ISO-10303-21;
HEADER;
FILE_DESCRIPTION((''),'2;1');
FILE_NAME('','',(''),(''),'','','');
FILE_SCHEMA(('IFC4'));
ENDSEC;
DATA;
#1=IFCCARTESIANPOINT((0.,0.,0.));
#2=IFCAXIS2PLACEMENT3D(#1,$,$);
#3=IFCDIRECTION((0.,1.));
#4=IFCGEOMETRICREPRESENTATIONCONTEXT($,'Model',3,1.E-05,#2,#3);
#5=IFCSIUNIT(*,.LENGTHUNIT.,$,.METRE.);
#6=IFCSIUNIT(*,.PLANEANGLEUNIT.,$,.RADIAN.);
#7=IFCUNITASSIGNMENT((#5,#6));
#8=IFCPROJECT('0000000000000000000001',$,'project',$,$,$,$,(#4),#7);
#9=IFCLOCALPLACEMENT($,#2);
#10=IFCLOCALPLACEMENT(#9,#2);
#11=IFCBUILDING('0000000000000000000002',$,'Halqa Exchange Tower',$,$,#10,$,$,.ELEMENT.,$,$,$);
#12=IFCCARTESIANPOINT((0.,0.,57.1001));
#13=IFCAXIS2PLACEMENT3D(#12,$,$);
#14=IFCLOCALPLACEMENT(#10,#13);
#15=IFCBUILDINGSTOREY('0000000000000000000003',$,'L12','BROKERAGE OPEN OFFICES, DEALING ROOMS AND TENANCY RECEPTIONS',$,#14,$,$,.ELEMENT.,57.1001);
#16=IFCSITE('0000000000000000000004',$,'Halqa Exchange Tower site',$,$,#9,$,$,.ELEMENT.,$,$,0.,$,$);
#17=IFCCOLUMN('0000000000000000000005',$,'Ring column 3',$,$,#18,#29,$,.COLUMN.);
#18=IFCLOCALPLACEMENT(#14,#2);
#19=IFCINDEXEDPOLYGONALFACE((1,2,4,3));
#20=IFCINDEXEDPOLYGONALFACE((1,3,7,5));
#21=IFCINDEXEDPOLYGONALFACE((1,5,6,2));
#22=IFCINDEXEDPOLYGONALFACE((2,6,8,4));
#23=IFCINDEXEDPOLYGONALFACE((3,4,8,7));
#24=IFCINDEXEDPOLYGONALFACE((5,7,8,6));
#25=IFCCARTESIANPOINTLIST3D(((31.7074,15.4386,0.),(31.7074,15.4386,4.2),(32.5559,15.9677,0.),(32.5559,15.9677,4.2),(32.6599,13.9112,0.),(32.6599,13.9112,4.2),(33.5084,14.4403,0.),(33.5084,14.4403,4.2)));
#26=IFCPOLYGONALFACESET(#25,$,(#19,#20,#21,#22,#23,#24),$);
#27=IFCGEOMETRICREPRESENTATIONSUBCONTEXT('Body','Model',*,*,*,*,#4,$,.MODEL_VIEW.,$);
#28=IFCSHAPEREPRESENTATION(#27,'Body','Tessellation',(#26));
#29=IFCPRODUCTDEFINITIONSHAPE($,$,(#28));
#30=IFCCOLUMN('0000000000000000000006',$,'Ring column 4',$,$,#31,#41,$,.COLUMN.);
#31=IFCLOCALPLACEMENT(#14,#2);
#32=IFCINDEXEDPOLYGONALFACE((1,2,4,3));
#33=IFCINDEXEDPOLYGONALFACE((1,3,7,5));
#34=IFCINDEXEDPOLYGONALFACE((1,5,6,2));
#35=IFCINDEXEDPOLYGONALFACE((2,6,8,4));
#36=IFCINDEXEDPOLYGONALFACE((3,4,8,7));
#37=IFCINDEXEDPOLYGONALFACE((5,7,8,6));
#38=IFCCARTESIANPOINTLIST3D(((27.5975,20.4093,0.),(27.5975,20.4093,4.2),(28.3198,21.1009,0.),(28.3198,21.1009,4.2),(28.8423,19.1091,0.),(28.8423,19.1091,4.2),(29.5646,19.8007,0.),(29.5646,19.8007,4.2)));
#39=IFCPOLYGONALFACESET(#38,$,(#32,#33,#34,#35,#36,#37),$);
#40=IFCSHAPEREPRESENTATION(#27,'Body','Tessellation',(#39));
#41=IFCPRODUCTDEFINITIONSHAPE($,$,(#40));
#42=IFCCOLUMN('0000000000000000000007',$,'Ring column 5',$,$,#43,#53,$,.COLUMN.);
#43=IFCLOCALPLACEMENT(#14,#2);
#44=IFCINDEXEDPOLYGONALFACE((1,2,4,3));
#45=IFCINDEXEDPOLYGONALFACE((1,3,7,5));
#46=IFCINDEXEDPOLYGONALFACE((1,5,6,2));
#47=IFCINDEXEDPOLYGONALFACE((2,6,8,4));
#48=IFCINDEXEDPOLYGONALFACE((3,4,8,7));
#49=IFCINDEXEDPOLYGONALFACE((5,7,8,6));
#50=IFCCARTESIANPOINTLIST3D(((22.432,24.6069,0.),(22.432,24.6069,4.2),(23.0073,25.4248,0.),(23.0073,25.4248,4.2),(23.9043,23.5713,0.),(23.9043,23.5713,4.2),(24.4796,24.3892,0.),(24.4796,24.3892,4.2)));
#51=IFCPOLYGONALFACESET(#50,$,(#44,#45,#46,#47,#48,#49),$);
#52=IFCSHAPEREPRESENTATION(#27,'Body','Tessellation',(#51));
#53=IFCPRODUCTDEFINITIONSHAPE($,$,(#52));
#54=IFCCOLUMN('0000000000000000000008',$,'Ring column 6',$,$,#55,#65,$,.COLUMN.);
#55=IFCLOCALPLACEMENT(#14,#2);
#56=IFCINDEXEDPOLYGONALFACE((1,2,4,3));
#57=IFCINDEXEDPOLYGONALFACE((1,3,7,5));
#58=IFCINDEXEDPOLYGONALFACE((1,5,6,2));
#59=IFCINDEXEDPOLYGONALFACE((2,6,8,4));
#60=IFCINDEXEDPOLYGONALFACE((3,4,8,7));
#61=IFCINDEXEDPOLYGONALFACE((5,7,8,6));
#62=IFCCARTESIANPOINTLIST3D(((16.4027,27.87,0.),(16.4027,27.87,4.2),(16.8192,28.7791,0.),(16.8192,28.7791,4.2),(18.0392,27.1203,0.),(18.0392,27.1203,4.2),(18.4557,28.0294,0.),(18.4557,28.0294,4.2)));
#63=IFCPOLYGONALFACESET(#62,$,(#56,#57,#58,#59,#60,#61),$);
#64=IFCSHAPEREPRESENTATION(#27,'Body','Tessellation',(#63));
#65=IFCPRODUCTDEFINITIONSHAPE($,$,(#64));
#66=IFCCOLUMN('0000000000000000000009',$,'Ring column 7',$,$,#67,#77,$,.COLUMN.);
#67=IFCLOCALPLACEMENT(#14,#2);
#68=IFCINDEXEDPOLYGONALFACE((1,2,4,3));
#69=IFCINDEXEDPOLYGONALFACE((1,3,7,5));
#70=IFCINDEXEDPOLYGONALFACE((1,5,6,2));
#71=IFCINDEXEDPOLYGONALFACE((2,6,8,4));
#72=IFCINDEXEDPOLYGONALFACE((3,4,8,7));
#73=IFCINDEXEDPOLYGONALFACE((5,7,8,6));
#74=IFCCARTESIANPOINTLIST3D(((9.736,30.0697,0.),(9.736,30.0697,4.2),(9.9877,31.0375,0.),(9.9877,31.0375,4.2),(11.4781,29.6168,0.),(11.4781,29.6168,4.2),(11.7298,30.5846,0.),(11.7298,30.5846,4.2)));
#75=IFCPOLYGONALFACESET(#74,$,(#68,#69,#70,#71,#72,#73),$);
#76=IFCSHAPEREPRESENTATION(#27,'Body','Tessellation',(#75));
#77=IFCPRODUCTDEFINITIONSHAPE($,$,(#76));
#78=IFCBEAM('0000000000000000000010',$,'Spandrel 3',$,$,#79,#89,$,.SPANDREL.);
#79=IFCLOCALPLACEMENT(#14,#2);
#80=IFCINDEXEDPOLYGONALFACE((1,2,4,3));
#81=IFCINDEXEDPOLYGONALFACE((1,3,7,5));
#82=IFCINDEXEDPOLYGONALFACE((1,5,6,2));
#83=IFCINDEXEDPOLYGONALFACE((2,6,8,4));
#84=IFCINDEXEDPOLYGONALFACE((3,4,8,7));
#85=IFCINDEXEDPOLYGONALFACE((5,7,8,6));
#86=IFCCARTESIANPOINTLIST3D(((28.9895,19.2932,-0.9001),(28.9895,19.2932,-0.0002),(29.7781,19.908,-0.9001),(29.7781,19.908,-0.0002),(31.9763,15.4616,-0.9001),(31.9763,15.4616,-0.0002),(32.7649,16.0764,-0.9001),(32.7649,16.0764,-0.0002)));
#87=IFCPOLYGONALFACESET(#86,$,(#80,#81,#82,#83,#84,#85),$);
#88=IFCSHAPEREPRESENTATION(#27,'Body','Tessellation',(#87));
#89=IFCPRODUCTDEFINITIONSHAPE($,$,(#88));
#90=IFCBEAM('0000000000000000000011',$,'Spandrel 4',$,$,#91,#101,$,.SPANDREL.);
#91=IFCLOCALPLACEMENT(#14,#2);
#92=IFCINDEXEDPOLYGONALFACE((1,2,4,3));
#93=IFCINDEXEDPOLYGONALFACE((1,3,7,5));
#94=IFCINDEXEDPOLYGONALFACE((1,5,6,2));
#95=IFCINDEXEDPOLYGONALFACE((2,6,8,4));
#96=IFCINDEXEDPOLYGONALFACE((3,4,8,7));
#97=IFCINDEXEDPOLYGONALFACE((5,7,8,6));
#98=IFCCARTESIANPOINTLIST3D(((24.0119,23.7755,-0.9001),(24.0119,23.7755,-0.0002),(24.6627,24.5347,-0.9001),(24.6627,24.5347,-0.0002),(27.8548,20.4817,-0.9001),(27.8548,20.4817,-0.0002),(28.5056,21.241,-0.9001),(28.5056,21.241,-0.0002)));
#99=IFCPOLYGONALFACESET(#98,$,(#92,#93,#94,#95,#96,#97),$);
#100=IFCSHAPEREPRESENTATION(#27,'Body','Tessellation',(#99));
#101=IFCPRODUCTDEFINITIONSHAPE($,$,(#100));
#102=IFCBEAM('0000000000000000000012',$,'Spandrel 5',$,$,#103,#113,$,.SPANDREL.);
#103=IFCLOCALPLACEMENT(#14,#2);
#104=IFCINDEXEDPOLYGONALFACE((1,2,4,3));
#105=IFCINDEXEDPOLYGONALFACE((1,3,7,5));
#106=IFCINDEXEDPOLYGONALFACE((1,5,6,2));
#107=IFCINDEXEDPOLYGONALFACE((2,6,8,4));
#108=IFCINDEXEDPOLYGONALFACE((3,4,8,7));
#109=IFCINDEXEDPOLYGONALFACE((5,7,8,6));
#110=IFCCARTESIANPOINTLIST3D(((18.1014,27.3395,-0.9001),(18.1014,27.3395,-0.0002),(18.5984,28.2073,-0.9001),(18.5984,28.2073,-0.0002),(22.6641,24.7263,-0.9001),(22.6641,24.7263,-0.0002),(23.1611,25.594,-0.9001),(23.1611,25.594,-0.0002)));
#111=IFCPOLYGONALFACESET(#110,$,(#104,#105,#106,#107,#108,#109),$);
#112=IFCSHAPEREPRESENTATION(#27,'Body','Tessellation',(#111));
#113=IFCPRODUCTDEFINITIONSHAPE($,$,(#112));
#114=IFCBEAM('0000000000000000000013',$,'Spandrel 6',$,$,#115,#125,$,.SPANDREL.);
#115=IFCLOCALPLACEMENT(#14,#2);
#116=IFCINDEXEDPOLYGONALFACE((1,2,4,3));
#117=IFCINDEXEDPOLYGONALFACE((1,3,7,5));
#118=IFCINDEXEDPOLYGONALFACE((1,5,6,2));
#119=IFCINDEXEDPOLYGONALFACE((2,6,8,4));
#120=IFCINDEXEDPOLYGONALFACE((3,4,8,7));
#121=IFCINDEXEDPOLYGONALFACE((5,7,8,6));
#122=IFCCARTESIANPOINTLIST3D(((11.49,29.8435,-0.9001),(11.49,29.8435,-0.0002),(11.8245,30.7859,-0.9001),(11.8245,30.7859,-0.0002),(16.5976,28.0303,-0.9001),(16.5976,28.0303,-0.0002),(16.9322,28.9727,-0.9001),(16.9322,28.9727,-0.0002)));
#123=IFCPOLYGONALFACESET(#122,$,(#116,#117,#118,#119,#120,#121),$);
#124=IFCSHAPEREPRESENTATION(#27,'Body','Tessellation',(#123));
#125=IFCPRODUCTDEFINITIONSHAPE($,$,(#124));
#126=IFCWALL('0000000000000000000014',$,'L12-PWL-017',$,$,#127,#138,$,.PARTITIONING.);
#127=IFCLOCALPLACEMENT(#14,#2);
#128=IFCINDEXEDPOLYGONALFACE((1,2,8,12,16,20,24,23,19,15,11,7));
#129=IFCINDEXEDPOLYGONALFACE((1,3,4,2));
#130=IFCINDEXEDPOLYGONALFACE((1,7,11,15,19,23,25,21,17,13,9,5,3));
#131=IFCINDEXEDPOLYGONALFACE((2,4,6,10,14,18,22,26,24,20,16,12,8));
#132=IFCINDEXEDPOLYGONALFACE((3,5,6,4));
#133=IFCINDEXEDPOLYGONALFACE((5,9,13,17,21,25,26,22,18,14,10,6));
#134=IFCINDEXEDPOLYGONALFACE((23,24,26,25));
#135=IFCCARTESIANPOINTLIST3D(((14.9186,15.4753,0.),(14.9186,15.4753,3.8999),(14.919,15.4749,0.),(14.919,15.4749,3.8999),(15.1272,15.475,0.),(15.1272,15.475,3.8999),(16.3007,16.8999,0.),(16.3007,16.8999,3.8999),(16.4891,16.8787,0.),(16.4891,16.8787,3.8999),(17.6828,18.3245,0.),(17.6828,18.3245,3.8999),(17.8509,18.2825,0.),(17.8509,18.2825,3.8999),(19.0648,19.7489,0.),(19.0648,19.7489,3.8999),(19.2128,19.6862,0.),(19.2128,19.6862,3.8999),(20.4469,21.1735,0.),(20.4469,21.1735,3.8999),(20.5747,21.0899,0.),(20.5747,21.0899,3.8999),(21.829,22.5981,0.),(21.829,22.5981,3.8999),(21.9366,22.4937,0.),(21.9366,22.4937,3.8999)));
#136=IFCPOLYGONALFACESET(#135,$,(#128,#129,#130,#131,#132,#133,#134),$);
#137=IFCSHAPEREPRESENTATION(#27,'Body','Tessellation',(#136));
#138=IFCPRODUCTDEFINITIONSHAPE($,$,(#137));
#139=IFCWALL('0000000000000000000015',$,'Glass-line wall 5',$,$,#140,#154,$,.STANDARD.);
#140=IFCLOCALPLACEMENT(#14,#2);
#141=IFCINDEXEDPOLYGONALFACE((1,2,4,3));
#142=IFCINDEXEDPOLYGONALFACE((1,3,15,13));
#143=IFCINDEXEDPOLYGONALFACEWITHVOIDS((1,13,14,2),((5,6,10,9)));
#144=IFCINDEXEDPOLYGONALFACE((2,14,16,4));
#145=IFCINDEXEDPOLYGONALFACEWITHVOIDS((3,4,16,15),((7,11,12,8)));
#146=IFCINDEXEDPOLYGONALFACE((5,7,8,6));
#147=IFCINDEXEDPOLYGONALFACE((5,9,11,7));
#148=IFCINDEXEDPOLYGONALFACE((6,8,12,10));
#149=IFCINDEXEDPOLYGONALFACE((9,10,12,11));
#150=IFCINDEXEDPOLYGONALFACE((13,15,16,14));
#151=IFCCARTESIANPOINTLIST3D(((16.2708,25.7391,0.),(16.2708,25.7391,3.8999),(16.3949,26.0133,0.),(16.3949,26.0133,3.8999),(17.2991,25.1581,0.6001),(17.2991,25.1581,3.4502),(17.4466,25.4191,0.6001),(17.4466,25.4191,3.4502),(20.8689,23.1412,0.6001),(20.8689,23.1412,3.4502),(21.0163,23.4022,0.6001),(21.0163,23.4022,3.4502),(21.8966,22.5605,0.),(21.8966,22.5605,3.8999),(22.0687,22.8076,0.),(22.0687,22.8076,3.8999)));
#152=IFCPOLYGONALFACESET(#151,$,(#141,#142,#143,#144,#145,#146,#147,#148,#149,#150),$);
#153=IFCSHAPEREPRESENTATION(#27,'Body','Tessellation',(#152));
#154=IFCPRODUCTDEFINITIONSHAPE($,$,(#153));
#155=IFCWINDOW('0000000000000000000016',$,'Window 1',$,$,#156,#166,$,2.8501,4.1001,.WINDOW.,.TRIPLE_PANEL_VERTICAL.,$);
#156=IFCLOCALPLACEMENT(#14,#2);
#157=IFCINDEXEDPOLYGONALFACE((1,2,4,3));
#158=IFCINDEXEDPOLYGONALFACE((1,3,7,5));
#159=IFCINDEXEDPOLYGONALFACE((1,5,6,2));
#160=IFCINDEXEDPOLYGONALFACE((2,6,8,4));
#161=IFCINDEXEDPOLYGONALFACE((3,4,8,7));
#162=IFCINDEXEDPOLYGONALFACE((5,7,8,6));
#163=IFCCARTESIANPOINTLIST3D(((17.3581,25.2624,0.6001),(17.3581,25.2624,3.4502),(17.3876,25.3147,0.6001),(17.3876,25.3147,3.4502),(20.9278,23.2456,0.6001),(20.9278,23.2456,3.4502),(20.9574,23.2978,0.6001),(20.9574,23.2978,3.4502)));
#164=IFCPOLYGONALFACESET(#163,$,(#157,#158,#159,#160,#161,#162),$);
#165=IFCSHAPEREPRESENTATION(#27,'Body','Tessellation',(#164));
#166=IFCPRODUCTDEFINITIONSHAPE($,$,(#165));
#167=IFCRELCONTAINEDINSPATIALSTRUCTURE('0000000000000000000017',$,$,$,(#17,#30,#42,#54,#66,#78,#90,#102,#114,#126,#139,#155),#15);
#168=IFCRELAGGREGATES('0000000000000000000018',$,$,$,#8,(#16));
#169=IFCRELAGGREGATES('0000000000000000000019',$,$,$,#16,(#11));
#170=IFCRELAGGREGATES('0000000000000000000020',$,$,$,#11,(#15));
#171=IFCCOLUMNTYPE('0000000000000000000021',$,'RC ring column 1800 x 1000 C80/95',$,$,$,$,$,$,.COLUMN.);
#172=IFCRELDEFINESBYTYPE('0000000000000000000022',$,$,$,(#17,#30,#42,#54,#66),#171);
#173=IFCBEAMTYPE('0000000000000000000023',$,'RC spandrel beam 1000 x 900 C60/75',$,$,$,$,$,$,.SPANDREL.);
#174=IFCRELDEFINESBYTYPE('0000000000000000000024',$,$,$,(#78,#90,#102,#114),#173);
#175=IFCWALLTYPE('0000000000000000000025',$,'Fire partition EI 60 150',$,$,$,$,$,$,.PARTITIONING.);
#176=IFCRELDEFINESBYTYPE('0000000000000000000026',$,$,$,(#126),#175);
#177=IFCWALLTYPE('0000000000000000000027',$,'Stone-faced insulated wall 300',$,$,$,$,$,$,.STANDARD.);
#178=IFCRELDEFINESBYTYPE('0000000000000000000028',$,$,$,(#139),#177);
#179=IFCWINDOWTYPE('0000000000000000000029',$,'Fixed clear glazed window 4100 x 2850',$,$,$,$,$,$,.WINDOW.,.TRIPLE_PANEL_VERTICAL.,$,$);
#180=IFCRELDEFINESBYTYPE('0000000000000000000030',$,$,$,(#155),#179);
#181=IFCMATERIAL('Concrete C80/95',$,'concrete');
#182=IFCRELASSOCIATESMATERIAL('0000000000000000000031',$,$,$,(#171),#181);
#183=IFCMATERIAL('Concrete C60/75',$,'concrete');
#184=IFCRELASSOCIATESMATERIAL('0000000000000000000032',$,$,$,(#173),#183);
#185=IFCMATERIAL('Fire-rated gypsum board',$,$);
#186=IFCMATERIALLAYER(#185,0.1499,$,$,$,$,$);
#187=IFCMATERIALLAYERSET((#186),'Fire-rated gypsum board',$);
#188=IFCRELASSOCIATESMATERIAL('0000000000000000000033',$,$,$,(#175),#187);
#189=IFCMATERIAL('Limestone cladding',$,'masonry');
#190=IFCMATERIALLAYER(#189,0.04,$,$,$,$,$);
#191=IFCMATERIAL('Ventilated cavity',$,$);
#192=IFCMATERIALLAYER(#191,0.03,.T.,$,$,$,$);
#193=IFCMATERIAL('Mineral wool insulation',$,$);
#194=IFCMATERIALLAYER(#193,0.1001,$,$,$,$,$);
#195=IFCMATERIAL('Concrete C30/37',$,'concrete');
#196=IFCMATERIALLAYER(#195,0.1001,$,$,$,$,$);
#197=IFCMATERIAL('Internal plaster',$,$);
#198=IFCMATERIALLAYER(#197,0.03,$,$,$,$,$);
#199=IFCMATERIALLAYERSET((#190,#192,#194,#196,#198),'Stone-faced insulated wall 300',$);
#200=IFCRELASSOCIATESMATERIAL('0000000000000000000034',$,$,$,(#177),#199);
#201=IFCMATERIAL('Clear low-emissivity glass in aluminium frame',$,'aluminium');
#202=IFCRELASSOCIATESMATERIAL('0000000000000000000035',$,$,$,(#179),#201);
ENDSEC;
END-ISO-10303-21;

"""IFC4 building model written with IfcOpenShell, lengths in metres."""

from ifc_helpers import new_model, si_unit, direction, frame, frame_2d, origin, origin_2d, place, context, subcontext, project, spatial, polyline, rectangle, outline, extrude, material, layer, layer_set, material_profile, profile_set, type_object, element, fill, save


model = new_model("IFC4")

# Units and contexts
model_context = context("Model", 3, precision=1e-05, world=origin(), true_north=direction((0.0, 1.0)))
body_context = subcontext(model_context, "Body", "Model", "MODEL_VIEW")
ifc_project = project(units=[si_unit("LENGTHUNIT", "METRE"), si_unit("PLANEANGLEUNIT", "RADIAN")], contexts=[model_context])

# Site, building, storey
site_placement = place(None, origin())
site = spatial("IfcSite", under=ifc_project, at=site_placement, Name="Halqa Exchange Tower site", CompositionType="ELEMENT", RefElevation=0.0)
building_placement = place(site_placement, origin())
building = spatial("IfcBuilding", under=site, at=building_placement, Name="Halqa Exchange Tower", CompositionType="ELEMENT")
storey_placement = place(building_placement, frame((0.0, 0.0, 57.1001)))
storey = spatial("IfcBuildingStorey", under=building, at=storey_placement, Name="L12", Description="BROKERAGE OPEN OFFICES, DEALING ROOMS AND TENANCY RECEPTIONS", CompositionType="ELEMENT", Elevation=57.1001)

# Columns
ifc_material_1 = material(Name="Concrete C80/95", Category="concrete")
ifc_material_profile_1 = material_profile(ifc_material_1, rectangle(XDim=1.8, YDim=1.0, at=origin_2d()), Name="1800 x 1000")
ifc_profile_set_1 = profile_set([ifc_material_profile_1], Name="Concrete C80/95")
column_type = type_object("IfcColumnType", Name="RC ring column 1800 x 1000 C80/95", PredefinedType="COLUMN", material=ifc_profile_set_1)
for number, where, z_axis, x_axis, name in (
    (1, (32.6079, 14.9395, 0.0), (0.0, 0.0, 1.0), (-0.529139, 0.848535, 0.0), "Ring column 3"),
    (2, (28.5811, 20.105, 0.0), (0.0, 0.0, 1.0), (-0.691577, 0.722302, 0.0), "Ring column 4"),
    (3, (23.4558, 24.498, 0.0), (0.0, 0.0, 1.0), (-0.817909, 0.575348, 0.0), "Ring column 5"),
    (4, (17.4292, 27.9497, 0.0), (0.0, 0.0, 1.0), (-0.909126, 0.41652, 0.0), "Ring column 6"),
    (5, (10.7329, 30.3271, 0.0), (0.0, 0.0, 1.0), (-0.96782, 0.251644, 0.0), "Ring column 7"),
):
    element("IfcColumn", number, at=place(storey_placement, frame(where, z_axis=z_axis, x_axis=x_axis)), inside=storey, type_object=column_type, Name=name, PredefinedType="COLUMN", context=body_context, shape_type="SweptSolid", body=[
        extrude(rectangle(XDim=1.8, YDim=1.0, at=origin_2d()), origin(), (0.0, 0.0, 1.0), 4.2),
    ])

# Beams
ifc_material_2 = material(Name="Concrete C60/75", Category="concrete")
ifc_material_profile_2 = material_profile(ifc_material_2, rectangle(XDim=1.0, YDim=0.8999, at=origin_2d()), Name="1000 x 900")
ifc_profile_set_2 = profile_set([ifc_material_profile_2], Name="Concrete C60/75")
beam_type = type_object("IfcBeamType", Name="RC spandrel beam 1000 x 900 C60/75", PredefinedType="SPANDREL", material=ifc_profile_set_2)
beam_1_placement = place(storey_placement, frame((32.3706, 15.769, -0.4502), z_axis=(-0.614803, 0.788681, 0.0), x_axis=(-0.788681, -0.614803, 0.0)))
element("IfcBeam", 6, at=beam_1_placement, inside=storey, type_object=beam_type, Name="Spandrel 3", PredefinedType="SPANDREL", context=body_context, shape_type="SweptSolid", body=[
    extrude(rectangle(XDim=1.0, YDim=0.8999, at=origin_2d()), origin(), (0.0, 0.0, 1.0), 4.8582),
])
beam_2_placement = place(storey_placement, frame((28.1802, 20.8613, -0.4502), z_axis=(-0.759267, 0.650779, 0.0), x_axis=(-0.650779, -0.759267, 0.0)))
element("IfcBeam", 7, at=beam_2_placement, inside=storey, type_object=beam_type, Name="Spandrel 4", PredefinedType="SPANDREL", context=body_context, shape_type="SweptSolid", body=[
    extrude(rectangle(XDim=1.0, YDim=0.8999, at=origin_2d()), origin(), (0.0, 0.0, 1.0), 5.0613),
])
beam_3_placement = place(storey_placement, frame((22.9126, 25.1602, -0.4502), z_axis=(-0.867751, 0.496999, 0.0), x_axis=(-0.496999, -0.867751, 0.0)))
element("IfcBeam", 8, at=beam_3_placement, inside=storey, type_object=beam_type, Name="Spandrel 5", PredefinedType="SPANDREL", context=body_context, shape_type="SweptSolid", body=[
    extrude(rectangle(XDim=1.0, YDim=0.8999, at=origin_2d()), origin(), (0.0, 0.0, 1.0), 5.2581),
])
beam_4_placement = place(storey_placement, frame((16.7649, 28.5015, -0.4502), z_axis=(-0.942379, 0.334547, 0.0), x_axis=(-0.334547, -0.942379, 0.0)))
element("IfcBeam", 9, at=beam_4_placement, inside=storey, type_object=beam_type, Name="Spandrel 6", PredefinedType="SPANDREL", context=body_context, shape_type="SweptSolid", body=[
    extrude(rectangle(XDim=1.0, YDim=0.8999, at=origin_2d()), origin(), (0.0, 0.0, 1.0), 5.4199),
])

# Wall
ifc_material_3 = material(Name="Fire-rated gypsum board")
ifc_layer_1 = layer(ifc_material_3, 0.1499)
ifc_layer_set_1 = layer_set([ifc_layer_1], Name="Fire-rated gypsum board")
wall_type_1 = type_object("IfcWallType", Name="Fire partition EI 60 150", PredefinedType="PARTITIONING", material=ifc_layer_set_1)
wall_1_placement = place(storey_placement, frame((14.9724, 15.4231, 0.0), z_axis=(0.0, 0.0, 1.0), x_axis=(0.696324, 0.717727, 0.0)))
element("IfcWall", 10, at=wall_1_placement, inside=storey, type_object=wall_type_1, Name="L12-PWL-017", PredefinedType="PARTITIONING", context=body_context, shape_type="SweptSolid", body=[
    extrude(outline(polyline([(0.0, 0.075), (0.0, 0.0745), (0.145, -0.075), (2.1008, -0.075), (4.0566, -0.075), (6.0125, -0.075), (7.9683, -0.075), (9.9241, -0.075), (9.9241, 0.075), (7.9392, 0.075), (5.9543, 0.075), (3.9697, 0.075), (1.9849, 0.075), (0.0, 0.075)])), origin(), (0.0, 0.0, 1.0), 3.8999),
])

# Shared definitions
ifc_material_4 = material(Name="Limestone cladding", Category="masonry")
ifc_layer_2 = layer(ifc_material_4, 0.04)
ifc_material_5 = material(Name="Ventilated cavity")
ifc_layer_3 = layer(ifc_material_5, 0.03, ventilated=True)
ifc_material_6 = material(Name="Mineral wool insulation")
ifc_layer_4 = layer(ifc_material_6, 0.1001)
ifc_material_7 = material(Name="Concrete C30/37", Category="concrete")
ifc_layer_5 = layer(ifc_material_7, 0.1001)
ifc_material_8 = material(Name="Internal plaster")
ifc_layer_6 = layer(ifc_material_8, 0.03)
ifc_layer_set_2 = layer_set([ifc_layer_2, ifc_layer_3, ifc_layer_4, ifc_layer_5, ifc_layer_6], Name="Stone-faced insulated wall 300")
wall_type_2 = type_object("IfcWallType", Name="Stone-faced insulated wall 300", PredefinedType="STANDARD", material=ifc_layer_set_2)
ifc_material_9 = material(Name="Clear low-emissivity glass in aluminium frame", Category="aluminium")

# Wall, opening, window
wall_2_placement = place(storey_placement, frame((21.9827, 22.6841, 0.0), z_axis=(0.0, 0.0, 1.0), x_axis=(-0.870648, 0.491907, 0.0)))
wall_2 = element("IfcWall", 11, at=wall_2_placement, inside=storey, type_object=wall_type_2, Name="Glass-line wall 5", PredefinedType="STANDARD", context=body_context, shape_type="SweptSolid", body=[
    extrude(outline(polyline([(-0.0142, -0.1499), (6.5027, -0.1499), (6.4758, 0.1499), (0.0142, 0.1499), (-0.0142, -0.1499)])), origin(), (0.0, 0.0, 1.0), 3.8999),
])
opening_1_placement = place(wall_2_placement, frame((1.1946, 0.0, 0.6001)))
opening_1 = element("IfcOpeningElement", 12, at=opening_1_placement, cuts=wall_2, PredefinedType="OPENING", context=body_context, shape_type="SweptSolid", body=[
    extrude(rectangle(XDim=4.1001, YDim=2.8501, at=frame_2d((2.05, 1.425))), frame((0.0, 0.1621, 0.0), z_axis=(0.0, -1.0, 0.0), x_axis=(1.0, 0.0, 0.0)), (0.0, 0.0, 1.0), 0.324),
])
window_type = type_object("IfcWindowType", Name="Fixed clear glazed window 4100 x 2850", PartitioningType="TRIPLE_PANEL_VERTICAL", PredefinedType="WINDOW", material=ifc_material_9)
window_1_placement = place(opening_1_placement, origin())
window_1 = element("IfcWindow", 13, at=window_1_placement, inside=storey, type_object=window_type, Name="Window 1", OverallHeight=2.8501, OverallWidth=4.1001, PartitioningType="TRIPLE_PANEL_VERTICAL", PredefinedType="WINDOW", context=body_context, shape_type="SweptSolid", body=[
    extrude(rectangle(XDim=4.1001, YDim=2.8501, at=frame_2d((2.05, 1.425))), frame((0.0, 0.03, 0.0), z_axis=(0.0, -1.0, 0.0), x_axis=(1.0, 0.0, 0.0)), (0.0, 0.0, 1.0), 0.0601),
])
fill(opening_1, window_1)

save(model, "model.ifc")
